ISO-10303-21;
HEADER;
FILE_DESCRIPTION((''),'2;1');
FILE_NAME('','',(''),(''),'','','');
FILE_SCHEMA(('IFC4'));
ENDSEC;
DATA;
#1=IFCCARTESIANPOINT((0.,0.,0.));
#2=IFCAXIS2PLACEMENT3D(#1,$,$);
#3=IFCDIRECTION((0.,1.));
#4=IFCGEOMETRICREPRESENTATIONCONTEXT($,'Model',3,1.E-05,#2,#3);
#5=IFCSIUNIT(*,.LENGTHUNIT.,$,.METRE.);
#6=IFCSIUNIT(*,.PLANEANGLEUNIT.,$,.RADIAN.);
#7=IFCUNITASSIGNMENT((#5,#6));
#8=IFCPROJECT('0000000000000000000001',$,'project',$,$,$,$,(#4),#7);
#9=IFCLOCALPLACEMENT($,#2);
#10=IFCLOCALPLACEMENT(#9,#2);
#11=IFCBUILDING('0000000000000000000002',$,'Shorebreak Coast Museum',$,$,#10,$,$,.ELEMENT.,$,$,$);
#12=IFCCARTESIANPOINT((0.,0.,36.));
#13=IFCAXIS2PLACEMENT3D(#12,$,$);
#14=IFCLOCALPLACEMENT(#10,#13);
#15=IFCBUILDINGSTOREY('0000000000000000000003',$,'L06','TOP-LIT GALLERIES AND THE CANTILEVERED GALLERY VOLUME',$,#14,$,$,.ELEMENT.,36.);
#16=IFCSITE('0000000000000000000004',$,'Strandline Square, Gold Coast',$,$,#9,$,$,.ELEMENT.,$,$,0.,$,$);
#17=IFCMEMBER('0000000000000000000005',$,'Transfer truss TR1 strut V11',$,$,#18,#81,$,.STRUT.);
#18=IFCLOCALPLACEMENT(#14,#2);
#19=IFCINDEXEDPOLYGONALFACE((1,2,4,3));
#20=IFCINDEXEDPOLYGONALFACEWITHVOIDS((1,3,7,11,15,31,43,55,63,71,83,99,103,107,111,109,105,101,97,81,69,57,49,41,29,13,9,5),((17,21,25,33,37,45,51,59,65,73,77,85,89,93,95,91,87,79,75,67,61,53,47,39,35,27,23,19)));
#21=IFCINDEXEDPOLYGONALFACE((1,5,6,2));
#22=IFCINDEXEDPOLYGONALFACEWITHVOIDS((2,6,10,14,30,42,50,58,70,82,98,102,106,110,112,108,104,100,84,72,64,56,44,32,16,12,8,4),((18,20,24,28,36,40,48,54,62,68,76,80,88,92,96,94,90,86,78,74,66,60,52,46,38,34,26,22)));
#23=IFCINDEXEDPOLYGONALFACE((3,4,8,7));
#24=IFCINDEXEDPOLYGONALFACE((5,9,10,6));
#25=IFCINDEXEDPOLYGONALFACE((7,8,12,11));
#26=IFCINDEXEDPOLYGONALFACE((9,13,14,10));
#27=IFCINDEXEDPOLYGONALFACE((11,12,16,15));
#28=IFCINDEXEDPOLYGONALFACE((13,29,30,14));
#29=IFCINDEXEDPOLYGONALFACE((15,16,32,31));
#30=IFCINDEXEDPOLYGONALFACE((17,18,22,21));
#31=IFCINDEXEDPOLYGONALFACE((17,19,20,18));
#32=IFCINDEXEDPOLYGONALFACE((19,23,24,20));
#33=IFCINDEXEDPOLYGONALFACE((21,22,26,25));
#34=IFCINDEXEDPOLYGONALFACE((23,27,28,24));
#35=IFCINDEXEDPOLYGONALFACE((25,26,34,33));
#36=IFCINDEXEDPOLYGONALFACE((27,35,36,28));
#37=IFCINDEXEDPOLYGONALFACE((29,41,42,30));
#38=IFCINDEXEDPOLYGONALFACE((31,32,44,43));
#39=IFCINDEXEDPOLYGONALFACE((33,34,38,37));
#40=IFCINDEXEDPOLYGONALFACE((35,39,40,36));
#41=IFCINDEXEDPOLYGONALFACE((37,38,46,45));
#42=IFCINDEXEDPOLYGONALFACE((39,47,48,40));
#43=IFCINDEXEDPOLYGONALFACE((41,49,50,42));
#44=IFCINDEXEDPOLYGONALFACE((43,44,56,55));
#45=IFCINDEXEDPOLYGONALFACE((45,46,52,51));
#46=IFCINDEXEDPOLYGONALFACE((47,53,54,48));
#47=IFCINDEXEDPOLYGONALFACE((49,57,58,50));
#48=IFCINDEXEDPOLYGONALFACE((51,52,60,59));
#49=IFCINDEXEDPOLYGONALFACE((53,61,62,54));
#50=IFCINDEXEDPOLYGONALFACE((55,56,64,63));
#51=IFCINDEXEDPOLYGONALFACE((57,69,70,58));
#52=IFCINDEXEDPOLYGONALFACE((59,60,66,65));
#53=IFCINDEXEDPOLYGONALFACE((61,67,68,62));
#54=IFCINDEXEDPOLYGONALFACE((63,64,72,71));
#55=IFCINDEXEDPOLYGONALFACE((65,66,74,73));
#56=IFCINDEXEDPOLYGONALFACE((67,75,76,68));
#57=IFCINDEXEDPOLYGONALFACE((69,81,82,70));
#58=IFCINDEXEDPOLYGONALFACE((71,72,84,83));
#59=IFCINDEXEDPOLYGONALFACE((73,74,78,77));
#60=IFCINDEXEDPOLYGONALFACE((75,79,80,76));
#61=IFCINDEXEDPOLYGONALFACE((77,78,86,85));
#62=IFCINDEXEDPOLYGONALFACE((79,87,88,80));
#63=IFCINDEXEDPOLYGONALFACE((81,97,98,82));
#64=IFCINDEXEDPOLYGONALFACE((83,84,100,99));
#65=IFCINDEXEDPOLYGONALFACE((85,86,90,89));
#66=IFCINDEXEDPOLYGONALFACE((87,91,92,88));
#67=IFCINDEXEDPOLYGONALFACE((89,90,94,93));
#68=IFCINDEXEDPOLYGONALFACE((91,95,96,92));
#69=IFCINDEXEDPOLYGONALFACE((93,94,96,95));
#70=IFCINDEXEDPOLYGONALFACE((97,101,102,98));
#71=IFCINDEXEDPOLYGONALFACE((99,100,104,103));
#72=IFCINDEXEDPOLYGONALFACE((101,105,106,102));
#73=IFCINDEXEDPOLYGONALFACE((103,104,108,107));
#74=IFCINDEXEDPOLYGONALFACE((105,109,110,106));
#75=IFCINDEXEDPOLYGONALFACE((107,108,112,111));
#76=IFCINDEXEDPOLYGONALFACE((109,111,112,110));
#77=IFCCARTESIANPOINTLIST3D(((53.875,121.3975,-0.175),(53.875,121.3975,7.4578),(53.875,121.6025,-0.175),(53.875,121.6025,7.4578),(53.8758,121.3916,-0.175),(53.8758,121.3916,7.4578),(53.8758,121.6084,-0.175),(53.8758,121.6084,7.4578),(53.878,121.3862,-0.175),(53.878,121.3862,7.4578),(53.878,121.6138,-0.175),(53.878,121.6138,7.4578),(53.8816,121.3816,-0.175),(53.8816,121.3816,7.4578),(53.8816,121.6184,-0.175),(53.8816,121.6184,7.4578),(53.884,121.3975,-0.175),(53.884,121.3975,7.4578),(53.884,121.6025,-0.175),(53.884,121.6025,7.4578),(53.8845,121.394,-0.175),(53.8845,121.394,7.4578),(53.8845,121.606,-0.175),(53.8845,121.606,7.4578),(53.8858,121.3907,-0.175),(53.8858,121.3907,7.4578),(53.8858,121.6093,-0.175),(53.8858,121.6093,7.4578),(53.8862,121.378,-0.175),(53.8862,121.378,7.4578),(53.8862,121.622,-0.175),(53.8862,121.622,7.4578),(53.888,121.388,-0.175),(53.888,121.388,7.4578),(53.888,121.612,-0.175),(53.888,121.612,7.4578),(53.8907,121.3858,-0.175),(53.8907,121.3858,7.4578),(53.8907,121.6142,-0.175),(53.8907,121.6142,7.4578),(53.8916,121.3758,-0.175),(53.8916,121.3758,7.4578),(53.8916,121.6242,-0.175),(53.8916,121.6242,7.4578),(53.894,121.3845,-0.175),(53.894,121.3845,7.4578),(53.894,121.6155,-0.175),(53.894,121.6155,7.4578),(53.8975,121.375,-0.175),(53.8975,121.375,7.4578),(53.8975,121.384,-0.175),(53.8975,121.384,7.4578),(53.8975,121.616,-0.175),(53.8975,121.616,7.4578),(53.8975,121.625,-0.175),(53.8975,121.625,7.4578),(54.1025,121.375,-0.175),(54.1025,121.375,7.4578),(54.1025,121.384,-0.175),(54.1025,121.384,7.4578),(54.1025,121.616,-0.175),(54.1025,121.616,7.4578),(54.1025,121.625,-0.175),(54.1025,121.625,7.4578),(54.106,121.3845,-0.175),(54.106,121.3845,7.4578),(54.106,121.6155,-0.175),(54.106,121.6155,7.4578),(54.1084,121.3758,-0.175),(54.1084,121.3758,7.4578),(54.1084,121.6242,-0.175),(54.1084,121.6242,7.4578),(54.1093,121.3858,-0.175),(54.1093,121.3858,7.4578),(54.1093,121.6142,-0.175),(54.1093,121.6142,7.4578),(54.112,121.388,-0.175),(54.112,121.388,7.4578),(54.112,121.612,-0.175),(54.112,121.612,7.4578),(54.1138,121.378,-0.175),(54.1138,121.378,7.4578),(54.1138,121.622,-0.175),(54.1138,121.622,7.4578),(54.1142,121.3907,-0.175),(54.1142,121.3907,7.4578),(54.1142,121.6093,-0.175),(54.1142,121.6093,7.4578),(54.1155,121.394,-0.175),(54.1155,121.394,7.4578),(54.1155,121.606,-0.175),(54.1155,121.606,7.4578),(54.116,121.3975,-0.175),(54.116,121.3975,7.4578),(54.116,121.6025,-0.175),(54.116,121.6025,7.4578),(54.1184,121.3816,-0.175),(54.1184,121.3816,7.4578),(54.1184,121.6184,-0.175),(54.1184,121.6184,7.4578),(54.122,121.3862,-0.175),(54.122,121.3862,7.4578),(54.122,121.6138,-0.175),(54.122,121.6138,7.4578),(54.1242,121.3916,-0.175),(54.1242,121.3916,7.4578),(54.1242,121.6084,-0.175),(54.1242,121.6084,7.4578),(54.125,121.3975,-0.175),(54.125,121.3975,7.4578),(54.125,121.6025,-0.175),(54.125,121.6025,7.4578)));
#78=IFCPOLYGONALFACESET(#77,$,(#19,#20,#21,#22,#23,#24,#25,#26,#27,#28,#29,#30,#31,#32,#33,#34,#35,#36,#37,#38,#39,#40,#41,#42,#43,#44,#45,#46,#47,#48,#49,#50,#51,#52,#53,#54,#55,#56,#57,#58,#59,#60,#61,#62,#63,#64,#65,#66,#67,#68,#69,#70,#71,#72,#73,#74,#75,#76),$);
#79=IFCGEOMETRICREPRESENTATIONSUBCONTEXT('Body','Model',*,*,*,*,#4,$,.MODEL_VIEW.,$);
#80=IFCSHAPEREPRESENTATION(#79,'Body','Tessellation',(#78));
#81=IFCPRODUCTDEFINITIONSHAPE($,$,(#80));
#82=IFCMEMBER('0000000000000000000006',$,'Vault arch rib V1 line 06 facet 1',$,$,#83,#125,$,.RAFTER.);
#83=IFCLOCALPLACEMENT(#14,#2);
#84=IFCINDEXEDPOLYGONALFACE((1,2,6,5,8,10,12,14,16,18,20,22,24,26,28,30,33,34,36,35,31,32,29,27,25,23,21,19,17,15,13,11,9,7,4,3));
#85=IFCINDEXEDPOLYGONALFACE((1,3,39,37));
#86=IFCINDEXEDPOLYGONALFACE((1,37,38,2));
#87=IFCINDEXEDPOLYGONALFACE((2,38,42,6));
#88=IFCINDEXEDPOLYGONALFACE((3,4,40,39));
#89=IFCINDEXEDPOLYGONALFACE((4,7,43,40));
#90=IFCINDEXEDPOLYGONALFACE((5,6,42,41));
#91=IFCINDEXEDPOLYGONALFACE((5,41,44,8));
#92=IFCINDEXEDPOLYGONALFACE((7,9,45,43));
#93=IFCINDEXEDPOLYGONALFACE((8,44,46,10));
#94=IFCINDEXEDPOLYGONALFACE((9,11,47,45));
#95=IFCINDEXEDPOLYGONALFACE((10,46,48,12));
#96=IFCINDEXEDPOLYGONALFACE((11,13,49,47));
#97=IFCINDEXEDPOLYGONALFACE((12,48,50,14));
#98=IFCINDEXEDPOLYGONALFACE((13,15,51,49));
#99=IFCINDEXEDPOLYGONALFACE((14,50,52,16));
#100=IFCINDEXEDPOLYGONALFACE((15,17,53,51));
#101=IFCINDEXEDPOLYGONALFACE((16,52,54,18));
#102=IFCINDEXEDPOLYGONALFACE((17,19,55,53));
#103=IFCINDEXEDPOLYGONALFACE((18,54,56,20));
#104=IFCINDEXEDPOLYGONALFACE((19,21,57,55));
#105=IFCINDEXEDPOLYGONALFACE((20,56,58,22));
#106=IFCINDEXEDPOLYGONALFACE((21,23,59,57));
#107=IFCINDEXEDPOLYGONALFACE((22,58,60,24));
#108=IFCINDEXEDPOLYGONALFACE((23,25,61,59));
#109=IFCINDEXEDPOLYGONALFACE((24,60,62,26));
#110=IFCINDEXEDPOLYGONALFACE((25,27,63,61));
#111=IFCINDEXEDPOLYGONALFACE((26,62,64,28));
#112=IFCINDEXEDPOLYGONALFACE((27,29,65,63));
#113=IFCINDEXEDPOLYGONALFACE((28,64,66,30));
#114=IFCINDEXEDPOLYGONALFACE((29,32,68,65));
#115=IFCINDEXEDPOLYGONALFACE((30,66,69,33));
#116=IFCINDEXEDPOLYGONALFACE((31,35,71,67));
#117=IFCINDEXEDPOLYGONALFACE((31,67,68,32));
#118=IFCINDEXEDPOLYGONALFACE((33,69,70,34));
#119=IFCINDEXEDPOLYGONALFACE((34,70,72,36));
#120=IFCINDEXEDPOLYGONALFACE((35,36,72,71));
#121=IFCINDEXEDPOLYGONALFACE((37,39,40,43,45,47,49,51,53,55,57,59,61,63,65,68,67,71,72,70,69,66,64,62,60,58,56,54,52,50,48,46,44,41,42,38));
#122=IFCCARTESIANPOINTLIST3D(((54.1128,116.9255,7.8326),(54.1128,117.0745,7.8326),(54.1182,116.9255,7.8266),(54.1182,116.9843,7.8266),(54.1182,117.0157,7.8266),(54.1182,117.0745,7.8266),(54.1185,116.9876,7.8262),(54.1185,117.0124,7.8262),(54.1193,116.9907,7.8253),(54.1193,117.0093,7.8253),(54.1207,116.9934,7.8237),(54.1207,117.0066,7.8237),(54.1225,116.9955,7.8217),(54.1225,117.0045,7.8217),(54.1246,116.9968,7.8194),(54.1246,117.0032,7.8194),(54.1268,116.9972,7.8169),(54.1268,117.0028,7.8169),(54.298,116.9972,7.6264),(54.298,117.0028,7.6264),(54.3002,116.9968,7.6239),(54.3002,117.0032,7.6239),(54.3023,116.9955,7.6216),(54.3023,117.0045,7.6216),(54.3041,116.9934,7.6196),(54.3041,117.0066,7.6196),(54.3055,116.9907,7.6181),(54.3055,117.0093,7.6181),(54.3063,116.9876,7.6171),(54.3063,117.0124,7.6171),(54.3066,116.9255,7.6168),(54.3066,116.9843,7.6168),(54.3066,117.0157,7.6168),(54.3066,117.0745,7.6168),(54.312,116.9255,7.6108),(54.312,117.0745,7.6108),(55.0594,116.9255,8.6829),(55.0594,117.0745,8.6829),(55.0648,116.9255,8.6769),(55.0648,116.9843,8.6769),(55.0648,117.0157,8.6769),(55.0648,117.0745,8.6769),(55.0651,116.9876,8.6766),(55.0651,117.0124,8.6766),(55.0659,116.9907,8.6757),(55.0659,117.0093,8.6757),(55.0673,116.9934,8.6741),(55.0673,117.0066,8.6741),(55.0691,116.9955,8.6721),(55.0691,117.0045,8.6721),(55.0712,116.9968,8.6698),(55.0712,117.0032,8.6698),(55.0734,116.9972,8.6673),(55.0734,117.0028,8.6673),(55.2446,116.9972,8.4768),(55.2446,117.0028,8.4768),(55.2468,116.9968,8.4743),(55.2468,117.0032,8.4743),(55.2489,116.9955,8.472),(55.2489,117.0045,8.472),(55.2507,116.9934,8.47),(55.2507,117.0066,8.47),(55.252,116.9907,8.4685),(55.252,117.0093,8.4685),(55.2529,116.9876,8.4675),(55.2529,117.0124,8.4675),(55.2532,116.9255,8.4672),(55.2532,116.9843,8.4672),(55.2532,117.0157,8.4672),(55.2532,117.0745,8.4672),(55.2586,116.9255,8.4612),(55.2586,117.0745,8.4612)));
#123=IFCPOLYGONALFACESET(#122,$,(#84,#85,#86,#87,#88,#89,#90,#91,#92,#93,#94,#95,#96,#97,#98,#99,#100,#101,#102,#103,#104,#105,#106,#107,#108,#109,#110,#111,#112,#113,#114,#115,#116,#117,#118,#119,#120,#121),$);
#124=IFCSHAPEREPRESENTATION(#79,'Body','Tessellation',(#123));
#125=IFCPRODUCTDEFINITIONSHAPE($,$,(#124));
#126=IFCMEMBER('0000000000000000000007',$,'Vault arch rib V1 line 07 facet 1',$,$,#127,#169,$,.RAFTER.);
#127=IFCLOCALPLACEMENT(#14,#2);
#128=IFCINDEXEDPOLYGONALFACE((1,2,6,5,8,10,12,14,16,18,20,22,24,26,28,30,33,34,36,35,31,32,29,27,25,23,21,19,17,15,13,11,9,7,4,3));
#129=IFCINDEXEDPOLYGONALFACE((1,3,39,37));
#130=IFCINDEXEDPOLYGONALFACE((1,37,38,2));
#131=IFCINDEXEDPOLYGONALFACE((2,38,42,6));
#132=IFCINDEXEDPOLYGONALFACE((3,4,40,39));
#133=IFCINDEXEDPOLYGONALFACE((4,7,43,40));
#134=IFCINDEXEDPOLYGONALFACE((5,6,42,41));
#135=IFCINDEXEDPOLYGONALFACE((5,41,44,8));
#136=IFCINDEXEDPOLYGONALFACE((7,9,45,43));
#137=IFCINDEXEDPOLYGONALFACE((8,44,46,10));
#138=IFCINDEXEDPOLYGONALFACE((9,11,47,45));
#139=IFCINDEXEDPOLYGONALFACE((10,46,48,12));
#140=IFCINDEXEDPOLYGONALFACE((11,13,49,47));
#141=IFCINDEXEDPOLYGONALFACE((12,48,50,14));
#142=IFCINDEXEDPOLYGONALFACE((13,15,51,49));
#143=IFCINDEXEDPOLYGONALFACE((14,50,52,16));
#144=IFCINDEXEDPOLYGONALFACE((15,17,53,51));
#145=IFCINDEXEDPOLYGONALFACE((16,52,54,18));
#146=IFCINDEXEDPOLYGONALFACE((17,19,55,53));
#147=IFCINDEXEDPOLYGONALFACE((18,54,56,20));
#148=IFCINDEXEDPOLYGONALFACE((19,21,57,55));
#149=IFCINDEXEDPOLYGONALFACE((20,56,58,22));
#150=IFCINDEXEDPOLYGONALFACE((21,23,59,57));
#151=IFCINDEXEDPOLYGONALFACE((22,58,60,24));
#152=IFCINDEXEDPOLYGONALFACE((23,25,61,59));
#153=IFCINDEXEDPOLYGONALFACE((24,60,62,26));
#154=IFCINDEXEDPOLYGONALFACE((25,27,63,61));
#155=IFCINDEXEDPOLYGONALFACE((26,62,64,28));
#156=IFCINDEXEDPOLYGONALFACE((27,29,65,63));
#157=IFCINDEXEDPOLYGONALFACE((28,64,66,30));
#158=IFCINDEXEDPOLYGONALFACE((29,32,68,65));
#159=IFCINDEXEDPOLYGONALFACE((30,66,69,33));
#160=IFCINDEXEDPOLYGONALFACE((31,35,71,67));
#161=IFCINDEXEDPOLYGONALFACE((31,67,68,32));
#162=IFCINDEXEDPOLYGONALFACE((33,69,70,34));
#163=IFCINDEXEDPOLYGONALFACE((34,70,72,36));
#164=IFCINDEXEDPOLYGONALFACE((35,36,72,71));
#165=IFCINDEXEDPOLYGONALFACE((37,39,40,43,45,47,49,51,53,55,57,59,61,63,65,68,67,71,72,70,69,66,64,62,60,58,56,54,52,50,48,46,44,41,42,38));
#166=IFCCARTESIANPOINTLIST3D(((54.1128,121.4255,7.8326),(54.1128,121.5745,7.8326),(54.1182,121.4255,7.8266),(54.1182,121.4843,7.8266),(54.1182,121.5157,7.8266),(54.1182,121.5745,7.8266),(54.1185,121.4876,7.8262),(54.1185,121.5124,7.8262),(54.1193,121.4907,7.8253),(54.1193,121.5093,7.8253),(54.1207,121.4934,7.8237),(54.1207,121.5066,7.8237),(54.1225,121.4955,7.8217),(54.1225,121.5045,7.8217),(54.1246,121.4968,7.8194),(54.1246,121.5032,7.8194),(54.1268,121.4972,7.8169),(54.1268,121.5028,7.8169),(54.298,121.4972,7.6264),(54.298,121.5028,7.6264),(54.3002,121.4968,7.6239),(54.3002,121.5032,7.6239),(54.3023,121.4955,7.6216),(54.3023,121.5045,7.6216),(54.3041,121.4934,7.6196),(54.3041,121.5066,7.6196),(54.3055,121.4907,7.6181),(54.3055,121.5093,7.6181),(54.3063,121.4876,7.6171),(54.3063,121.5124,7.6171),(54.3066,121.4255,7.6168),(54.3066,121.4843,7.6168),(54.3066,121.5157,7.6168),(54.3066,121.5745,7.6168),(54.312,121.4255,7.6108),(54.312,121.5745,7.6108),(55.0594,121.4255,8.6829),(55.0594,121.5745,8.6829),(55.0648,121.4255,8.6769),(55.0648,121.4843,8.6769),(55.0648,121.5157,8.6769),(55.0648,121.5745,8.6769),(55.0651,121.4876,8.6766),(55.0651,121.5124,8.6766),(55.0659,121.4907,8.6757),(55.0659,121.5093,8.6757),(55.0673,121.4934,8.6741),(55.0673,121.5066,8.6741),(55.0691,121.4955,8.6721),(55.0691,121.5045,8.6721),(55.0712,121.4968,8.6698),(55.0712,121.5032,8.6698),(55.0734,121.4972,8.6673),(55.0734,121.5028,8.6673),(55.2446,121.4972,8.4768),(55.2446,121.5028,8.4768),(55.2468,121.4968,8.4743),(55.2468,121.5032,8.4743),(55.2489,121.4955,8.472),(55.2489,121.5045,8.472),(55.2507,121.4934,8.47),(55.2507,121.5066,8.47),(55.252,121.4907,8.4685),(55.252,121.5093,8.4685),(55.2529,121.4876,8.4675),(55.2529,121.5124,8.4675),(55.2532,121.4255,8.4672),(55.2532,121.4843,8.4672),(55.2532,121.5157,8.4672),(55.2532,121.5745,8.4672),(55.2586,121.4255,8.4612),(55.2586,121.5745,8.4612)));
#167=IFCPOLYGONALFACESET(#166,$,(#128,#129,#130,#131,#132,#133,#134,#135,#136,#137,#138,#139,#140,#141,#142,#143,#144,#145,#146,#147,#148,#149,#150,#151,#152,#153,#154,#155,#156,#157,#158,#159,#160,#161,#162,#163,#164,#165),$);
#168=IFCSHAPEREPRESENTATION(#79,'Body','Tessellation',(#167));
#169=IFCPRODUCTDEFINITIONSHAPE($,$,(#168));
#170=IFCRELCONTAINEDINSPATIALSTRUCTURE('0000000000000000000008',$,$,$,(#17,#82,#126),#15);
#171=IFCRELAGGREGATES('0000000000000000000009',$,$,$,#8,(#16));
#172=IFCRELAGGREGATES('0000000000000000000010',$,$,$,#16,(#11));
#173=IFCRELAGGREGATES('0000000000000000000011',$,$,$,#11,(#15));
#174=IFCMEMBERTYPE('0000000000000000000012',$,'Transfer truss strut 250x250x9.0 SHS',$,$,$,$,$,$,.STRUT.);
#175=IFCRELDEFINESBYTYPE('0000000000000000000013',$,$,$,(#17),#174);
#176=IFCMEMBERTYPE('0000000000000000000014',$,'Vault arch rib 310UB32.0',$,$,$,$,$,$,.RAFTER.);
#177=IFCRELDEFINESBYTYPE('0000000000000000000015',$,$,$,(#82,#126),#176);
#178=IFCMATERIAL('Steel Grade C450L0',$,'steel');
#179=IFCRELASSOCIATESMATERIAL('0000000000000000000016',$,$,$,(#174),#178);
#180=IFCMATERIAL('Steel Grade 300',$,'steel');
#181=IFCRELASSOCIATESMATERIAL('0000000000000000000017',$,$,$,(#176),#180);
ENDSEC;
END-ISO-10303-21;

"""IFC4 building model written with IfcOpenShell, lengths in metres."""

from ifc_helpers import new_model, si_unit, direction, frame, origin, origin_2d, place, context, subcontext, project, spatial, hollow_rectangle, i_section, extrude, material, material_profile, profile_set, type_object, element, save


model = new_model("IFC4")

# Units and contexts
model_context = context("Model", 3, precision=1e-05, world=origin(), true_north=direction((0.0, 1.0)))
body_context = subcontext(model_context, "Body", "Model", "MODEL_VIEW")
ifc_project = project(units=[si_unit("LENGTHUNIT", "METRE"), si_unit("PLANEANGLEUNIT", "RADIAN")], contexts=[model_context])

# Site, building, storey
site_placement = place(None, origin())
site = spatial("IfcSite", under=ifc_project, at=site_placement, Name="Strandline Square, Gold Coast", CompositionType="ELEMENT", RefElevation=0.0)
building_placement = place(site_placement, origin())
building = spatial("IfcBuilding", under=site, at=building_placement, Name="Shorebreak Coast Museum", CompositionType="ELEMENT")
storey_placement = place(building_placement, frame((0.0, 0.0, 36.0)))
storey = spatial("IfcBuildingStorey", under=building, at=storey_placement, Name="L06", Description="TOP-LIT GALLERIES AND THE CANTILEVERED GALLERY VOLUME", CompositionType="ELEMENT", Elevation=36.0)

# Members
ifc_material_1 = material(Name="Steel Grade C450L0", Category="steel")
ifc_material_profile_1 = material_profile(ifc_material_1, hollow_rectangle(XDim=0.25, YDim=0.25, WallThickness=0.009, InnerFilletRadius=0.0134, OuterFilletRadius=0.0225, at=origin_2d()), Name="250x250x9.0 SHS")
ifc_profile_set_1 = profile_set([ifc_material_profile_1], Name="Steel Grade C450L0")
member_type_1 = type_object("IfcMemberType", Name="Transfer truss strut 250x250x9.0 SHS", PredefinedType="STRUT", material=ifc_profile_set_1)
member_1_placement = place(storey_placement, frame((54.0, 121.5, -0.175), z_axis=(0.0, 0.0, 1.0), x_axis=(1.0, 0.0, 0.0)))
element("IfcMember", 1, at=member_1_placement, inside=storey, type_object=member_type_1, Name="Transfer truss TR1 strut V11", PredefinedType="STRUT", context=body_context, shape_type="SweptSolid", body=[
    extrude(hollow_rectangle(XDim=0.25, YDim=0.25, WallThickness=0.009, InnerFilletRadius=0.0134, OuterFilletRadius=0.0225, at=origin_2d()), origin(), (0.0, 0.0, 1.0), 7.6328),
])
ifc_material_2 = material(Name="Steel Grade 300", Category="steel")
ifc_material_profile_2 = material_profile(ifc_material_2, i_section(OverallWidth=0.1489, OverallDepth=0.2981, WebThickness=0.0056, FlangeThickness=0.0081, FilletRadius=0.0129, at=origin_2d()), Name="310UB32.0")
ifc_profile_set_2 = profile_set([ifc_material_profile_2], Name="Steel Grade 300")
member_type_2 = type_object("IfcMemberType", Name="Vault arch rib 310UB32.0", PredefinedType="RAFTER", material=ifc_profile_set_2)
for number, where, z_axis, x_axis, name in (
    (2, (54.2124, 117.0, 7.7217), (0.743895, 0.0, 0.668297), (0.0, 1.0, 0.0), "Vault arch rib V1 line 06 facet 1"),
    (3, (54.2124, 121.5, 7.7217), (0.743895, 0.0, 0.668297), (0.0, 1.0, 0.0), "Vault arch rib V1 line 07 facet 1"),
):
    element("IfcMember", number, at=place(storey_placement, frame(where, z_axis=z_axis, x_axis=x_axis)), inside=storey, type_object=member_type_2, Name=name, PredefinedType="RAFTER", context=body_context, shape_type="SweptSolid", body=[
        extrude(i_section(OverallWidth=0.1489, OverallDepth=0.2981, WebThickness=0.0056, FlangeThickness=0.0081, FilletRadius=0.0129, at=origin_2d()), origin(), (0.0, 0.0, 1.0), 1.2725),
    ])

save(model, "model.ifc")
